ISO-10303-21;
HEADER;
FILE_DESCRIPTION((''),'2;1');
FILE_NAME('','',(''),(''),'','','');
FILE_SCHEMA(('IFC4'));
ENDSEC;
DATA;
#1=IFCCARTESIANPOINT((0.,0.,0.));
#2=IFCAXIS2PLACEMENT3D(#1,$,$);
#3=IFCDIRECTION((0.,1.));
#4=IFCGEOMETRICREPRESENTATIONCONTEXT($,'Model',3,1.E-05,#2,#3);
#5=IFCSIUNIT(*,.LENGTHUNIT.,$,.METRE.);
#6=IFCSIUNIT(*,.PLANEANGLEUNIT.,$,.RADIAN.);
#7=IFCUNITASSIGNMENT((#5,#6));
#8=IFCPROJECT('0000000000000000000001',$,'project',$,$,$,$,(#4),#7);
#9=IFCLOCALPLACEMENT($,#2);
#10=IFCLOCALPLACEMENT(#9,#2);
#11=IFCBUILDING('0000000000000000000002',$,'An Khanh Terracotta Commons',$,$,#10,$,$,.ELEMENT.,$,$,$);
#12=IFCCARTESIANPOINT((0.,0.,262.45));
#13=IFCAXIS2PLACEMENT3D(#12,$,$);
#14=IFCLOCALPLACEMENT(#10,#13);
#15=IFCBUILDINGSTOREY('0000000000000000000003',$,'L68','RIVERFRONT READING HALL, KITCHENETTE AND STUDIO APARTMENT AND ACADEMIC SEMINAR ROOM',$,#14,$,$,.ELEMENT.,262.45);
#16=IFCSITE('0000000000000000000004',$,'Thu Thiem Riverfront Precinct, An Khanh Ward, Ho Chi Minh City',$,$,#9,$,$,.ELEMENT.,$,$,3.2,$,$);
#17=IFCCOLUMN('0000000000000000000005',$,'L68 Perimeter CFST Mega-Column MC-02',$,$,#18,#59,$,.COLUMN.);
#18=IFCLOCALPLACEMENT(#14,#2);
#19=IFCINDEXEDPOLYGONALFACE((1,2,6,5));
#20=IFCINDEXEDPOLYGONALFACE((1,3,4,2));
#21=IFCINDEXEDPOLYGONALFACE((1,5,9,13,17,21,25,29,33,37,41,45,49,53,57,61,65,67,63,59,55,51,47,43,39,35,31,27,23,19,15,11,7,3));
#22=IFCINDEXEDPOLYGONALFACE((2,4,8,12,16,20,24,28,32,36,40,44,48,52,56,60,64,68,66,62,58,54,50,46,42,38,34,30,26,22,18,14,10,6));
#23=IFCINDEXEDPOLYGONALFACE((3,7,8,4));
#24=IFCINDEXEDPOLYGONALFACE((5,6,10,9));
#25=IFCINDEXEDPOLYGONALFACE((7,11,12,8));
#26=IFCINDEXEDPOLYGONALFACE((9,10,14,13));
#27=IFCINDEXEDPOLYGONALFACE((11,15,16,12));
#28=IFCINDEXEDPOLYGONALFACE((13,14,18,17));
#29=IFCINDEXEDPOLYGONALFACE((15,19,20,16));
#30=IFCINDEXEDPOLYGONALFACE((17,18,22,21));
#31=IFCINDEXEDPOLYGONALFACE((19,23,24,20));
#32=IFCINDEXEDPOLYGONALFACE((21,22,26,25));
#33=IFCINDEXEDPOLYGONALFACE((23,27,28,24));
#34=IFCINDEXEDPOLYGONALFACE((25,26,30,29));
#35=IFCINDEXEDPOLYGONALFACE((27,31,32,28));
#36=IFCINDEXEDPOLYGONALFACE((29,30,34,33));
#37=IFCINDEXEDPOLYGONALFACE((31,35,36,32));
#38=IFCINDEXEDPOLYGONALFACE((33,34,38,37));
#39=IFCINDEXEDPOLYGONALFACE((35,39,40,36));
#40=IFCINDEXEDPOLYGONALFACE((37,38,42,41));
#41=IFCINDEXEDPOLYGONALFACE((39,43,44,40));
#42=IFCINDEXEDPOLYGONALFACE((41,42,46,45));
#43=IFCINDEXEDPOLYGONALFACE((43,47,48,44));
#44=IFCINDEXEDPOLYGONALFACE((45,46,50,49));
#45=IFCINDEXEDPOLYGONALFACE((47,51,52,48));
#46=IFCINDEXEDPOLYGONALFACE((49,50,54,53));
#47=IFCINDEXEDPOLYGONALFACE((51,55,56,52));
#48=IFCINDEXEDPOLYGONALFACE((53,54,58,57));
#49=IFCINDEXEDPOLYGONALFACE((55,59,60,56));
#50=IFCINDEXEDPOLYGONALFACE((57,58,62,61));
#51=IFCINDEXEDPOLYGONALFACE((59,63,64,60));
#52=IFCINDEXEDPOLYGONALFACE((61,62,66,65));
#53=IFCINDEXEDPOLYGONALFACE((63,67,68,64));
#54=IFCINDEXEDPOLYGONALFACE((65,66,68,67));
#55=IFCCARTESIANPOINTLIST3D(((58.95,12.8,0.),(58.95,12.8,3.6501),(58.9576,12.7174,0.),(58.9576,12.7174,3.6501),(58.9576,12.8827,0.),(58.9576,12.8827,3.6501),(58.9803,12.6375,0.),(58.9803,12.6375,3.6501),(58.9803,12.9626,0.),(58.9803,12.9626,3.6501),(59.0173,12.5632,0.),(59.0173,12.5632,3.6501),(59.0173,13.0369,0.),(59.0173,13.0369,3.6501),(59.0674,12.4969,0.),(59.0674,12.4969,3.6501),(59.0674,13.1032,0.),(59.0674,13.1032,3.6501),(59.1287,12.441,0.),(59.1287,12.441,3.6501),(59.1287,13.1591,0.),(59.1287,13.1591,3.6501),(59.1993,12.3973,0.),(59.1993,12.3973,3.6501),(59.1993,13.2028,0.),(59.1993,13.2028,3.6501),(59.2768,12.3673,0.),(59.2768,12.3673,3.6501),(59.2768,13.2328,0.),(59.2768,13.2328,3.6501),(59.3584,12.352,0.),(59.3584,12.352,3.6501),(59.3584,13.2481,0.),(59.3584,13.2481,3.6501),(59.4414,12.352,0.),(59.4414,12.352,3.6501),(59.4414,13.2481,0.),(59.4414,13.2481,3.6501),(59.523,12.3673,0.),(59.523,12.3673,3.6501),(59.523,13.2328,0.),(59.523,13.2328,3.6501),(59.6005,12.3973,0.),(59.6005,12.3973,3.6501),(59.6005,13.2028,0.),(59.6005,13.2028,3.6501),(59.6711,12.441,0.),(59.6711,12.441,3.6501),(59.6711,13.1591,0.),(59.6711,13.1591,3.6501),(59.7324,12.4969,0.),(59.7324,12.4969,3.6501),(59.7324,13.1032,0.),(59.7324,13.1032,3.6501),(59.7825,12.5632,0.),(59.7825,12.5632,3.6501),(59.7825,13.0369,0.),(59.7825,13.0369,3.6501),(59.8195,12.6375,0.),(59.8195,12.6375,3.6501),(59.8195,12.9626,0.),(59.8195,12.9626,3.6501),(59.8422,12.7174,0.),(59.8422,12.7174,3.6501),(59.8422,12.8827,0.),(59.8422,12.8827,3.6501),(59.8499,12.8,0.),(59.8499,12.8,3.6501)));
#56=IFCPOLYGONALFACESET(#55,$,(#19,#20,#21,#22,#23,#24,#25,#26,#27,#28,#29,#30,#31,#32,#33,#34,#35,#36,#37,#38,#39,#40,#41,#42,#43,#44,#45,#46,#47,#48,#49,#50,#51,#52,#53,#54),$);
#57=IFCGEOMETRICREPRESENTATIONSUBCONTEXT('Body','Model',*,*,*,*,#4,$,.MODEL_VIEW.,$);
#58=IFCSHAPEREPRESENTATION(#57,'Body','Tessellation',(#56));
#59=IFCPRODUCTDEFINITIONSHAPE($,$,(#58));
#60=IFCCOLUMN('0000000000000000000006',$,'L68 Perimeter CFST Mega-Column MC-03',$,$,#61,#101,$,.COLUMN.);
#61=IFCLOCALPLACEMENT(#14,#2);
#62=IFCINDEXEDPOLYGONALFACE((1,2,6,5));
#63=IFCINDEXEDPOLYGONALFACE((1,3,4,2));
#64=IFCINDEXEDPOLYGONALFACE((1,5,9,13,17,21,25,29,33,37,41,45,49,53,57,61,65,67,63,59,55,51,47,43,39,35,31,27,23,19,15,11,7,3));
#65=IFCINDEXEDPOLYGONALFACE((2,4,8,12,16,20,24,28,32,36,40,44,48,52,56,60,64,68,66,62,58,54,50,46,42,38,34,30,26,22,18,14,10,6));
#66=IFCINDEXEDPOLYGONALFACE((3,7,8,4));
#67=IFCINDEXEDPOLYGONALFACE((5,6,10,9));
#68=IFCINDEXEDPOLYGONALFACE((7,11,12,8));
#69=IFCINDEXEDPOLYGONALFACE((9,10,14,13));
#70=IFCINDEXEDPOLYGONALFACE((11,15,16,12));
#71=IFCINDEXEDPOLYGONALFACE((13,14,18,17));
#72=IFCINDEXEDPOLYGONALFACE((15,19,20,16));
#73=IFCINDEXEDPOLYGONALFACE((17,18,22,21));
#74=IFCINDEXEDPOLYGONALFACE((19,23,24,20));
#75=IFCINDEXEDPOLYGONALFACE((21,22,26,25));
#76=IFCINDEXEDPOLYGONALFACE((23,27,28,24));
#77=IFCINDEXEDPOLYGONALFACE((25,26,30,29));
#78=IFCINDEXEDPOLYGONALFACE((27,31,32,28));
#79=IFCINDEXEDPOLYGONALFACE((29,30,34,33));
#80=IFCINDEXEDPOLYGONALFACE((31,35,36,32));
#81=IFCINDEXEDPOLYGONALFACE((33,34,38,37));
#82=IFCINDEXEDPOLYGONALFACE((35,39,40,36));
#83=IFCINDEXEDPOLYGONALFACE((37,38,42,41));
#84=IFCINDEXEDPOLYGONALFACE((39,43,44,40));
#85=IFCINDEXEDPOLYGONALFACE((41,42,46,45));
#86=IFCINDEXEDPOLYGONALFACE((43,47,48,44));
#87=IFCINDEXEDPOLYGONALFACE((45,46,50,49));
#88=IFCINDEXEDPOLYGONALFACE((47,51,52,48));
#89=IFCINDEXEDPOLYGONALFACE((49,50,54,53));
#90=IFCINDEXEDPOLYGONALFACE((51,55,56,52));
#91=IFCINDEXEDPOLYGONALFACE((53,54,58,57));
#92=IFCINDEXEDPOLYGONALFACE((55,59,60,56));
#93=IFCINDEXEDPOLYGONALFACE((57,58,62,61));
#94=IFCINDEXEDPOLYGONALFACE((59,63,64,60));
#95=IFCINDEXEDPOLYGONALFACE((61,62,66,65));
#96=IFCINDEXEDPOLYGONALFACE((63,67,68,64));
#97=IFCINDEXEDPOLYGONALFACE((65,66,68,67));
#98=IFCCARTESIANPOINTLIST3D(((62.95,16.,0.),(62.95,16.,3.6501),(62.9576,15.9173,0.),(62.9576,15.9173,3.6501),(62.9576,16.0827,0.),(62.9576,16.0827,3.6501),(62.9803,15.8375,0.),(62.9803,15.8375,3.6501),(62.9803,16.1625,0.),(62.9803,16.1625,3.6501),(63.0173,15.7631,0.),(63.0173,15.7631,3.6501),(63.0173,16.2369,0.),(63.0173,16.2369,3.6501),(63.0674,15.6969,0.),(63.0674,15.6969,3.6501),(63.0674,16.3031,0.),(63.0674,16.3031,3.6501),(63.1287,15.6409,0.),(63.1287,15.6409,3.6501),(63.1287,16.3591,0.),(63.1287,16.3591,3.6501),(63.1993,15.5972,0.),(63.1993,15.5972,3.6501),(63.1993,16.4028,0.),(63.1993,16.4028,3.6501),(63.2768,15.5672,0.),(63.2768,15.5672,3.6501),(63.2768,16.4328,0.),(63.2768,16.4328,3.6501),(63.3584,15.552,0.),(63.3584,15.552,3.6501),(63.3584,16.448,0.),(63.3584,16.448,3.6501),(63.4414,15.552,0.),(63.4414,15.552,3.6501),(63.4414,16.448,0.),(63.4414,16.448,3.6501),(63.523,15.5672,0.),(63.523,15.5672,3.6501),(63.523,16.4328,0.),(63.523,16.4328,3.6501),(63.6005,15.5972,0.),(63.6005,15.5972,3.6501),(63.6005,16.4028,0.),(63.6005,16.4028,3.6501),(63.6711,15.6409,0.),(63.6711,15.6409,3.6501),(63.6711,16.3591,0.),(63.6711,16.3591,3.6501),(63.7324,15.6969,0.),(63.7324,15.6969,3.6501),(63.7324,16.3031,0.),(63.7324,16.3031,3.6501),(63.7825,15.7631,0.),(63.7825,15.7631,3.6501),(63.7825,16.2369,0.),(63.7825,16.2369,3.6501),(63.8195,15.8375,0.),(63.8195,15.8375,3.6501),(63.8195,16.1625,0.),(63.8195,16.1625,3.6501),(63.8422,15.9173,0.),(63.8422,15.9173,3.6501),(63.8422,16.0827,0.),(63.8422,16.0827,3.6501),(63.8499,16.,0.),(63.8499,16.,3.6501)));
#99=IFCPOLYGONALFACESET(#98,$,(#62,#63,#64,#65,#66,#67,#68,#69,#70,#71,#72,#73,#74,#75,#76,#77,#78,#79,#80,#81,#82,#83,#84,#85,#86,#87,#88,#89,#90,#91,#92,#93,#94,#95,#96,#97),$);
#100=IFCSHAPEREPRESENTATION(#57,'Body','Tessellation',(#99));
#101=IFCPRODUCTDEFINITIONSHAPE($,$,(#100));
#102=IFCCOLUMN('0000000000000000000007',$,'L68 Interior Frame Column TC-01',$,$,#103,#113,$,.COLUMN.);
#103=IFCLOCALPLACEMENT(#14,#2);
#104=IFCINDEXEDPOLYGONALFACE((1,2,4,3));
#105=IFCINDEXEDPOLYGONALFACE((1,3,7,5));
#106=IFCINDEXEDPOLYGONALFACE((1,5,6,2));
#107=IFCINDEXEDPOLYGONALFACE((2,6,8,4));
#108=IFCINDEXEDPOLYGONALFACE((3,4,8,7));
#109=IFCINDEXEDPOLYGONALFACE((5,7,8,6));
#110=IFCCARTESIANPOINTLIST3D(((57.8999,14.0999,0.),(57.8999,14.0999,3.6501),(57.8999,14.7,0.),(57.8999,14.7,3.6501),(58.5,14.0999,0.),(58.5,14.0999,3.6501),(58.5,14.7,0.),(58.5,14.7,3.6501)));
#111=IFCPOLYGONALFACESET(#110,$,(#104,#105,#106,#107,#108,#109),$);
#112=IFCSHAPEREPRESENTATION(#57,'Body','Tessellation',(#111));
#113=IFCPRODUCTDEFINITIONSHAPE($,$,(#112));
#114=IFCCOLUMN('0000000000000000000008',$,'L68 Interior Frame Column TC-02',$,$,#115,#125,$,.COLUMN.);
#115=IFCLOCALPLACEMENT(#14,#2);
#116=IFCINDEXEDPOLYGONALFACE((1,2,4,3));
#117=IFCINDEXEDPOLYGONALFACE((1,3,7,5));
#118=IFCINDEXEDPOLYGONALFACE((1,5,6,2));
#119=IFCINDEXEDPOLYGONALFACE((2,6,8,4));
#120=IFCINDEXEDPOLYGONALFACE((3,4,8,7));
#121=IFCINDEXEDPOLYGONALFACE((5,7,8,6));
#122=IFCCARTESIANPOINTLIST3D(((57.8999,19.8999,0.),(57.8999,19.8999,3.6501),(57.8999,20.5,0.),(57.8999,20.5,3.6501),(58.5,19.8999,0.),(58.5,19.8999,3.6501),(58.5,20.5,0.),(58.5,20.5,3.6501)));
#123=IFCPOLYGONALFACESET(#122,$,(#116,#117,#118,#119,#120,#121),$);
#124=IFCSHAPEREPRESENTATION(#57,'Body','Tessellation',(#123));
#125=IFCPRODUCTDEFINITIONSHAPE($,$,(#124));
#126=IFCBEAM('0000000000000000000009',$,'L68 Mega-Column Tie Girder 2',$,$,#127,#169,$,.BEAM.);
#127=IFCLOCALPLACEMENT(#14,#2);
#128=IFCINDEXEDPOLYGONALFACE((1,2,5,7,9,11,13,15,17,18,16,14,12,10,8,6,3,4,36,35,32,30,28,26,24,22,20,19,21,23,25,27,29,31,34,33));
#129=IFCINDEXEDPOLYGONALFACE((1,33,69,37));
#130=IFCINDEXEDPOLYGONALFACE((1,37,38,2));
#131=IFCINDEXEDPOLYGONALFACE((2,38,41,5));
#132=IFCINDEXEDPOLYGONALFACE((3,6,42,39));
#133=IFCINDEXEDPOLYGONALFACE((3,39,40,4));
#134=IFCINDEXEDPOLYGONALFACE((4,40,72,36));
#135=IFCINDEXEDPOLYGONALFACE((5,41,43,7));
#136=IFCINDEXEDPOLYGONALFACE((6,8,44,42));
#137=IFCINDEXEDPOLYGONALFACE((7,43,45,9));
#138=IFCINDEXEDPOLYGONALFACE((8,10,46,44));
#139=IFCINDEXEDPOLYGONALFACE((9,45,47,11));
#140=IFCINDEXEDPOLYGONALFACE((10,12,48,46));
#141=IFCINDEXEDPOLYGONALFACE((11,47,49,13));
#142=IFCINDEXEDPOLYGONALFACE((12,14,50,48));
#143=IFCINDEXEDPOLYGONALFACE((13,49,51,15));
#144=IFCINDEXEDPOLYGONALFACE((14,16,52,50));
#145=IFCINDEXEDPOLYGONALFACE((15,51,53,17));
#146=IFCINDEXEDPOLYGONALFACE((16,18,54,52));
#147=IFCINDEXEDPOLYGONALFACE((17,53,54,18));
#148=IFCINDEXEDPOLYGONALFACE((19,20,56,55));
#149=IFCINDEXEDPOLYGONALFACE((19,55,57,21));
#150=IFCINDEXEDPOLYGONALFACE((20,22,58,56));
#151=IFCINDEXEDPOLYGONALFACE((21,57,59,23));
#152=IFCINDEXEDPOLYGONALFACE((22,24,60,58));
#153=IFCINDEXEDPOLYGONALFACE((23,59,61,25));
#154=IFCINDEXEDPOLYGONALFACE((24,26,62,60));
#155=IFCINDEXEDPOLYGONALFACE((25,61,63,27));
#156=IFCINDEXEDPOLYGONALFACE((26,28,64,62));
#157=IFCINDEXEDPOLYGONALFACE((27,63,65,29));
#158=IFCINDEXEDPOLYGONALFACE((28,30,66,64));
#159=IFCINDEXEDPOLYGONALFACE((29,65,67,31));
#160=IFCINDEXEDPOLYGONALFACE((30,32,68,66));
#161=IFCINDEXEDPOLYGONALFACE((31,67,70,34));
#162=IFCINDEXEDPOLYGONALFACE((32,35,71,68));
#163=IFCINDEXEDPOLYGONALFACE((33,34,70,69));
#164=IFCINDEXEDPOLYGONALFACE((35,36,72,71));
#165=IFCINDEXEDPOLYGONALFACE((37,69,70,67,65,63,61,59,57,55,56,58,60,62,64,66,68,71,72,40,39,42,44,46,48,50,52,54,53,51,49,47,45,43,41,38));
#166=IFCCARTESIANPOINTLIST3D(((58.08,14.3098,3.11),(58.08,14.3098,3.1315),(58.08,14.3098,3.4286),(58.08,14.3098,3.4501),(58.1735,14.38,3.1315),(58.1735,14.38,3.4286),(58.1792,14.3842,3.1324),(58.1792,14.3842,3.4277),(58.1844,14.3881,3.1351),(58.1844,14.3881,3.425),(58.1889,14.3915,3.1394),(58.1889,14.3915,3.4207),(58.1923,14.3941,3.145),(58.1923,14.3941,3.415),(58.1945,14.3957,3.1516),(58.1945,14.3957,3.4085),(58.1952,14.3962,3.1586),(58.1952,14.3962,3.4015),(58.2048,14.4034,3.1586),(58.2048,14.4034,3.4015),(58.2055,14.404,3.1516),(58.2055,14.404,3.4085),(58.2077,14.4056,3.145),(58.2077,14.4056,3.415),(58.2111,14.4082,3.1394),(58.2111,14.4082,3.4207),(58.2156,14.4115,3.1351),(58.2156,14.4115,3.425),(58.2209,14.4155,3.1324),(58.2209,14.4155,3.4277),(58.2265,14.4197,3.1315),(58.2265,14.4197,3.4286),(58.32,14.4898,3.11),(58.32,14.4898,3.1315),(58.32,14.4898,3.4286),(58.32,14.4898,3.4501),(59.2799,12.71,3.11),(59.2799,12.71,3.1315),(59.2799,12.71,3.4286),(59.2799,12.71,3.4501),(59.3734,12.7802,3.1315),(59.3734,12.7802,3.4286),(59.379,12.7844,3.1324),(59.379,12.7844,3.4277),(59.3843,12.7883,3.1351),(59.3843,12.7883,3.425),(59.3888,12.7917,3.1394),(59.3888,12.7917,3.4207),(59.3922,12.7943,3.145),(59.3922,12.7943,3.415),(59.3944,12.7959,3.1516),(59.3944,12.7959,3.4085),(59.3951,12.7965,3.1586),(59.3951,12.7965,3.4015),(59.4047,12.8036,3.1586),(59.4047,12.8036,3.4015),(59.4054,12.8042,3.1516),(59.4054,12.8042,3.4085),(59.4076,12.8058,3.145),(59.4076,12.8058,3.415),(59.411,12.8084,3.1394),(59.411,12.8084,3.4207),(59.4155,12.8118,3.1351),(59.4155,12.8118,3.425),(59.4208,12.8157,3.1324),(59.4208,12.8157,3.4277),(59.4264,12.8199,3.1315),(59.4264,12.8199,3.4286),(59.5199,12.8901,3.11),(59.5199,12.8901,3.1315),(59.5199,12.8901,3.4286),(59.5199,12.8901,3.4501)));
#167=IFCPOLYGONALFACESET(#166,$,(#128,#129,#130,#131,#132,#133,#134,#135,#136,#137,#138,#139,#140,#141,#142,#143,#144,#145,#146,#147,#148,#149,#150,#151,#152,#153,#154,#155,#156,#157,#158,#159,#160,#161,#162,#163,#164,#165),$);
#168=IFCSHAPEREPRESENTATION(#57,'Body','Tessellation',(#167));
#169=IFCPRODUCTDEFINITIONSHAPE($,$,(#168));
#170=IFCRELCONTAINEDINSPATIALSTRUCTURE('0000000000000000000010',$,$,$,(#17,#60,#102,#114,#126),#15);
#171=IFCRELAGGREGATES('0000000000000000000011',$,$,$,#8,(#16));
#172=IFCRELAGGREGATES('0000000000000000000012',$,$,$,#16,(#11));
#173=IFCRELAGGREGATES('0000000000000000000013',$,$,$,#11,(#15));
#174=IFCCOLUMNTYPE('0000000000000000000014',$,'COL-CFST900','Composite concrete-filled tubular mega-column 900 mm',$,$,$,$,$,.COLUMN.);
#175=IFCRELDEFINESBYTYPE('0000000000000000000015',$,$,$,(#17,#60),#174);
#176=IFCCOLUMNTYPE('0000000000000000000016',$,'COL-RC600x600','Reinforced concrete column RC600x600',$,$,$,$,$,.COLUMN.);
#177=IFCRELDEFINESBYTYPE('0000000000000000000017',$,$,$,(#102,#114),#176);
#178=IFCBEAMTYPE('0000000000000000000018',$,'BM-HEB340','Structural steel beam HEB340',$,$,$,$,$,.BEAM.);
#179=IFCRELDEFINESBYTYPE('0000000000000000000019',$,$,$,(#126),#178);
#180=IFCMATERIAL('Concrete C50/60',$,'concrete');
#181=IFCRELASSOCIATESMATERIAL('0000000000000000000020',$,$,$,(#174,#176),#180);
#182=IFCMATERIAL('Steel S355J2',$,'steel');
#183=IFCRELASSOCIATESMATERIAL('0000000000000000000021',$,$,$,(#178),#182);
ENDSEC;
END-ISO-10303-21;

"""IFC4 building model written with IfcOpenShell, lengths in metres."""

from ifc_helpers import new_model, si_unit, direction, frame, origin, origin_2d, place, context, subcontext, project, spatial, rectangle, circle, i_section, extrude, material, material_profile, profile_set, type_object, element, save


model = new_model("IFC4")

# Units and contexts
model_context = context("Model", 3, precision=1e-05, world=origin(), true_north=direction((0.0, 1.0)))
body_context = subcontext(model_context, "Body", "Model", "MODEL_VIEW")
ifc_project = project(units=[si_unit("LENGTHUNIT", "METRE"), si_unit("PLANEANGLEUNIT", "RADIAN")], contexts=[model_context])

# Site, building, storey
site_placement = place(None, origin())
site = spatial("IfcSite", under=ifc_project, at=site_placement, Name="Thu Thiem Riverfront Precinct, An Khanh Ward, Ho Chi Minh City", CompositionType="ELEMENT", RefElevation=3.2)
building_placement = place(site_placement, origin())
building = spatial("IfcBuilding", under=site, at=building_placement, Name="An Khanh Terracotta Commons", CompositionType="ELEMENT")
storey_placement = place(building_placement, frame((0.0, 0.0, 262.45)))
storey = spatial("IfcBuildingStorey", under=building, at=storey_placement, Name="L68", Description="RIVERFRONT READING HALL, KITCHENETTE AND STUDIO APARTMENT AND ACADEMIC SEMINAR ROOM", CompositionType="ELEMENT", Elevation=262.45)

# Columns
ifc_material_1 = material(Name="Concrete C50/60", Category="concrete")
ifc_material_profile_1 = material_profile(ifc_material_1, circle(Radius=0.45, at=origin_2d()), Name="CFST900")
ifc_profile_set_1 = profile_set([ifc_material_profile_1], Name="Concrete C50/60")
column_type_1 = type_object("IfcColumnType", Name="COL-CFST900", Description="Composite concrete-filled tubular mega-column 900 mm", PredefinedType="COLUMN", material=ifc_profile_set_1)
for number, where, z_axis, x_axis, name in (
    (1, (59.3999, 12.8, 0.0), (0.0, 0.0, 1.0), (1.0, 0.0, 0.0), "L68 Perimeter CFST Mega-Column MC-02"),
    (2, (63.3999, 16.0, 0.0), (0.0, 0.0, 1.0), (1.0, 0.0, 0.0), "L68 Perimeter CFST Mega-Column MC-03"),
):
    element("IfcColumn", number, at=place(storey_placement, frame(where, z_axis=z_axis, x_axis=x_axis)), inside=storey, type_object=column_type_1, Name=name, PredefinedType="COLUMN", context=body_context, shape_type="SweptSolid", body=[
        extrude(circle(Radius=0.45, at=origin_2d()), origin(), (0.0, 0.0, 1.0), 3.6501),
    ])
ifc_material_profile_2 = material_profile(ifc_material_1, rectangle(XDim=0.6001, YDim=0.6001, at=origin_2d()), Name="RC600x600")
ifc_profile_set_2 = profile_set([ifc_material_profile_2], Name="Concrete C50/60")
column_type_2 = type_object("IfcColumnType", Name="COL-RC600x600", Description="Reinforced concrete column RC600x600", PredefinedType="COLUMN", material=ifc_profile_set_2)
for number, where, z_axis, x_axis, name in (
    (3, (58.2, 14.3999, 0.0), (0.0, 0.0, 1.0), (1.0, 0.0, 0.0), "L68 Interior Frame Column TC-01"),
    (4, (58.2, 20.2, 0.0), (0.0, 0.0, 1.0), (1.0, 0.0, 0.0), "L68 Interior Frame Column TC-02"),
):
    element("IfcColumn", number, at=place(storey_placement, frame(where, z_axis=z_axis, x_axis=x_axis)), inside=storey, type_object=column_type_2, Name=name, PredefinedType="COLUMN", context=body_context, shape_type="SweptSolid", body=[
        extrude(rectangle(XDim=0.6001, YDim=0.6001, at=origin_2d()), origin(), (0.0, 0.0, 1.0), 3.6501),
    ])

# Beam
ifc_material_2 = material(Name="Steel S355J2", Category="steel")
ifc_material_profile_3 = material_profile(ifc_material_2, i_section(OverallWidth=0.3, OverallDepth=0.3401, WebThickness=0.012, FlangeThickness=0.0215, FilletRadius=0.0271, at=origin_2d()), Name="HEB340")
ifc_profile_set_3 = profile_set([ifc_material_profile_3], Name="Steel S355J2")
beam_type_1 = type_object("IfcBeamType", Name="BM-HEB340", Description="Structural steel beam HEB340", PredefinedType="BEAM", material=ifc_profile_set_3)
beam_1_placement = place(storey_placement, frame((59.3999, 12.8, 3.28), z_axis=(-0.60002, 0.799985, 0.0), x_axis=(-0.799985, -0.60002, 0.0)))
element("IfcBeam", 5, at=beam_1_placement, inside=storey, type_object=beam_type_1, Name="L68 Mega-Column Tie Girder 2", PredefinedType="BEAM", context=body_context, shape_type="SweptSolid", body=[
    extrude(i_section(OverallWidth=0.3, OverallDepth=0.3401, WebThickness=0.012, FlangeThickness=0.0215, FilletRadius=0.0271, at=origin_2d()), origin(), (0.0, 0.0, 1.0), 1.9998),
])

save(model, "model.ifc")
